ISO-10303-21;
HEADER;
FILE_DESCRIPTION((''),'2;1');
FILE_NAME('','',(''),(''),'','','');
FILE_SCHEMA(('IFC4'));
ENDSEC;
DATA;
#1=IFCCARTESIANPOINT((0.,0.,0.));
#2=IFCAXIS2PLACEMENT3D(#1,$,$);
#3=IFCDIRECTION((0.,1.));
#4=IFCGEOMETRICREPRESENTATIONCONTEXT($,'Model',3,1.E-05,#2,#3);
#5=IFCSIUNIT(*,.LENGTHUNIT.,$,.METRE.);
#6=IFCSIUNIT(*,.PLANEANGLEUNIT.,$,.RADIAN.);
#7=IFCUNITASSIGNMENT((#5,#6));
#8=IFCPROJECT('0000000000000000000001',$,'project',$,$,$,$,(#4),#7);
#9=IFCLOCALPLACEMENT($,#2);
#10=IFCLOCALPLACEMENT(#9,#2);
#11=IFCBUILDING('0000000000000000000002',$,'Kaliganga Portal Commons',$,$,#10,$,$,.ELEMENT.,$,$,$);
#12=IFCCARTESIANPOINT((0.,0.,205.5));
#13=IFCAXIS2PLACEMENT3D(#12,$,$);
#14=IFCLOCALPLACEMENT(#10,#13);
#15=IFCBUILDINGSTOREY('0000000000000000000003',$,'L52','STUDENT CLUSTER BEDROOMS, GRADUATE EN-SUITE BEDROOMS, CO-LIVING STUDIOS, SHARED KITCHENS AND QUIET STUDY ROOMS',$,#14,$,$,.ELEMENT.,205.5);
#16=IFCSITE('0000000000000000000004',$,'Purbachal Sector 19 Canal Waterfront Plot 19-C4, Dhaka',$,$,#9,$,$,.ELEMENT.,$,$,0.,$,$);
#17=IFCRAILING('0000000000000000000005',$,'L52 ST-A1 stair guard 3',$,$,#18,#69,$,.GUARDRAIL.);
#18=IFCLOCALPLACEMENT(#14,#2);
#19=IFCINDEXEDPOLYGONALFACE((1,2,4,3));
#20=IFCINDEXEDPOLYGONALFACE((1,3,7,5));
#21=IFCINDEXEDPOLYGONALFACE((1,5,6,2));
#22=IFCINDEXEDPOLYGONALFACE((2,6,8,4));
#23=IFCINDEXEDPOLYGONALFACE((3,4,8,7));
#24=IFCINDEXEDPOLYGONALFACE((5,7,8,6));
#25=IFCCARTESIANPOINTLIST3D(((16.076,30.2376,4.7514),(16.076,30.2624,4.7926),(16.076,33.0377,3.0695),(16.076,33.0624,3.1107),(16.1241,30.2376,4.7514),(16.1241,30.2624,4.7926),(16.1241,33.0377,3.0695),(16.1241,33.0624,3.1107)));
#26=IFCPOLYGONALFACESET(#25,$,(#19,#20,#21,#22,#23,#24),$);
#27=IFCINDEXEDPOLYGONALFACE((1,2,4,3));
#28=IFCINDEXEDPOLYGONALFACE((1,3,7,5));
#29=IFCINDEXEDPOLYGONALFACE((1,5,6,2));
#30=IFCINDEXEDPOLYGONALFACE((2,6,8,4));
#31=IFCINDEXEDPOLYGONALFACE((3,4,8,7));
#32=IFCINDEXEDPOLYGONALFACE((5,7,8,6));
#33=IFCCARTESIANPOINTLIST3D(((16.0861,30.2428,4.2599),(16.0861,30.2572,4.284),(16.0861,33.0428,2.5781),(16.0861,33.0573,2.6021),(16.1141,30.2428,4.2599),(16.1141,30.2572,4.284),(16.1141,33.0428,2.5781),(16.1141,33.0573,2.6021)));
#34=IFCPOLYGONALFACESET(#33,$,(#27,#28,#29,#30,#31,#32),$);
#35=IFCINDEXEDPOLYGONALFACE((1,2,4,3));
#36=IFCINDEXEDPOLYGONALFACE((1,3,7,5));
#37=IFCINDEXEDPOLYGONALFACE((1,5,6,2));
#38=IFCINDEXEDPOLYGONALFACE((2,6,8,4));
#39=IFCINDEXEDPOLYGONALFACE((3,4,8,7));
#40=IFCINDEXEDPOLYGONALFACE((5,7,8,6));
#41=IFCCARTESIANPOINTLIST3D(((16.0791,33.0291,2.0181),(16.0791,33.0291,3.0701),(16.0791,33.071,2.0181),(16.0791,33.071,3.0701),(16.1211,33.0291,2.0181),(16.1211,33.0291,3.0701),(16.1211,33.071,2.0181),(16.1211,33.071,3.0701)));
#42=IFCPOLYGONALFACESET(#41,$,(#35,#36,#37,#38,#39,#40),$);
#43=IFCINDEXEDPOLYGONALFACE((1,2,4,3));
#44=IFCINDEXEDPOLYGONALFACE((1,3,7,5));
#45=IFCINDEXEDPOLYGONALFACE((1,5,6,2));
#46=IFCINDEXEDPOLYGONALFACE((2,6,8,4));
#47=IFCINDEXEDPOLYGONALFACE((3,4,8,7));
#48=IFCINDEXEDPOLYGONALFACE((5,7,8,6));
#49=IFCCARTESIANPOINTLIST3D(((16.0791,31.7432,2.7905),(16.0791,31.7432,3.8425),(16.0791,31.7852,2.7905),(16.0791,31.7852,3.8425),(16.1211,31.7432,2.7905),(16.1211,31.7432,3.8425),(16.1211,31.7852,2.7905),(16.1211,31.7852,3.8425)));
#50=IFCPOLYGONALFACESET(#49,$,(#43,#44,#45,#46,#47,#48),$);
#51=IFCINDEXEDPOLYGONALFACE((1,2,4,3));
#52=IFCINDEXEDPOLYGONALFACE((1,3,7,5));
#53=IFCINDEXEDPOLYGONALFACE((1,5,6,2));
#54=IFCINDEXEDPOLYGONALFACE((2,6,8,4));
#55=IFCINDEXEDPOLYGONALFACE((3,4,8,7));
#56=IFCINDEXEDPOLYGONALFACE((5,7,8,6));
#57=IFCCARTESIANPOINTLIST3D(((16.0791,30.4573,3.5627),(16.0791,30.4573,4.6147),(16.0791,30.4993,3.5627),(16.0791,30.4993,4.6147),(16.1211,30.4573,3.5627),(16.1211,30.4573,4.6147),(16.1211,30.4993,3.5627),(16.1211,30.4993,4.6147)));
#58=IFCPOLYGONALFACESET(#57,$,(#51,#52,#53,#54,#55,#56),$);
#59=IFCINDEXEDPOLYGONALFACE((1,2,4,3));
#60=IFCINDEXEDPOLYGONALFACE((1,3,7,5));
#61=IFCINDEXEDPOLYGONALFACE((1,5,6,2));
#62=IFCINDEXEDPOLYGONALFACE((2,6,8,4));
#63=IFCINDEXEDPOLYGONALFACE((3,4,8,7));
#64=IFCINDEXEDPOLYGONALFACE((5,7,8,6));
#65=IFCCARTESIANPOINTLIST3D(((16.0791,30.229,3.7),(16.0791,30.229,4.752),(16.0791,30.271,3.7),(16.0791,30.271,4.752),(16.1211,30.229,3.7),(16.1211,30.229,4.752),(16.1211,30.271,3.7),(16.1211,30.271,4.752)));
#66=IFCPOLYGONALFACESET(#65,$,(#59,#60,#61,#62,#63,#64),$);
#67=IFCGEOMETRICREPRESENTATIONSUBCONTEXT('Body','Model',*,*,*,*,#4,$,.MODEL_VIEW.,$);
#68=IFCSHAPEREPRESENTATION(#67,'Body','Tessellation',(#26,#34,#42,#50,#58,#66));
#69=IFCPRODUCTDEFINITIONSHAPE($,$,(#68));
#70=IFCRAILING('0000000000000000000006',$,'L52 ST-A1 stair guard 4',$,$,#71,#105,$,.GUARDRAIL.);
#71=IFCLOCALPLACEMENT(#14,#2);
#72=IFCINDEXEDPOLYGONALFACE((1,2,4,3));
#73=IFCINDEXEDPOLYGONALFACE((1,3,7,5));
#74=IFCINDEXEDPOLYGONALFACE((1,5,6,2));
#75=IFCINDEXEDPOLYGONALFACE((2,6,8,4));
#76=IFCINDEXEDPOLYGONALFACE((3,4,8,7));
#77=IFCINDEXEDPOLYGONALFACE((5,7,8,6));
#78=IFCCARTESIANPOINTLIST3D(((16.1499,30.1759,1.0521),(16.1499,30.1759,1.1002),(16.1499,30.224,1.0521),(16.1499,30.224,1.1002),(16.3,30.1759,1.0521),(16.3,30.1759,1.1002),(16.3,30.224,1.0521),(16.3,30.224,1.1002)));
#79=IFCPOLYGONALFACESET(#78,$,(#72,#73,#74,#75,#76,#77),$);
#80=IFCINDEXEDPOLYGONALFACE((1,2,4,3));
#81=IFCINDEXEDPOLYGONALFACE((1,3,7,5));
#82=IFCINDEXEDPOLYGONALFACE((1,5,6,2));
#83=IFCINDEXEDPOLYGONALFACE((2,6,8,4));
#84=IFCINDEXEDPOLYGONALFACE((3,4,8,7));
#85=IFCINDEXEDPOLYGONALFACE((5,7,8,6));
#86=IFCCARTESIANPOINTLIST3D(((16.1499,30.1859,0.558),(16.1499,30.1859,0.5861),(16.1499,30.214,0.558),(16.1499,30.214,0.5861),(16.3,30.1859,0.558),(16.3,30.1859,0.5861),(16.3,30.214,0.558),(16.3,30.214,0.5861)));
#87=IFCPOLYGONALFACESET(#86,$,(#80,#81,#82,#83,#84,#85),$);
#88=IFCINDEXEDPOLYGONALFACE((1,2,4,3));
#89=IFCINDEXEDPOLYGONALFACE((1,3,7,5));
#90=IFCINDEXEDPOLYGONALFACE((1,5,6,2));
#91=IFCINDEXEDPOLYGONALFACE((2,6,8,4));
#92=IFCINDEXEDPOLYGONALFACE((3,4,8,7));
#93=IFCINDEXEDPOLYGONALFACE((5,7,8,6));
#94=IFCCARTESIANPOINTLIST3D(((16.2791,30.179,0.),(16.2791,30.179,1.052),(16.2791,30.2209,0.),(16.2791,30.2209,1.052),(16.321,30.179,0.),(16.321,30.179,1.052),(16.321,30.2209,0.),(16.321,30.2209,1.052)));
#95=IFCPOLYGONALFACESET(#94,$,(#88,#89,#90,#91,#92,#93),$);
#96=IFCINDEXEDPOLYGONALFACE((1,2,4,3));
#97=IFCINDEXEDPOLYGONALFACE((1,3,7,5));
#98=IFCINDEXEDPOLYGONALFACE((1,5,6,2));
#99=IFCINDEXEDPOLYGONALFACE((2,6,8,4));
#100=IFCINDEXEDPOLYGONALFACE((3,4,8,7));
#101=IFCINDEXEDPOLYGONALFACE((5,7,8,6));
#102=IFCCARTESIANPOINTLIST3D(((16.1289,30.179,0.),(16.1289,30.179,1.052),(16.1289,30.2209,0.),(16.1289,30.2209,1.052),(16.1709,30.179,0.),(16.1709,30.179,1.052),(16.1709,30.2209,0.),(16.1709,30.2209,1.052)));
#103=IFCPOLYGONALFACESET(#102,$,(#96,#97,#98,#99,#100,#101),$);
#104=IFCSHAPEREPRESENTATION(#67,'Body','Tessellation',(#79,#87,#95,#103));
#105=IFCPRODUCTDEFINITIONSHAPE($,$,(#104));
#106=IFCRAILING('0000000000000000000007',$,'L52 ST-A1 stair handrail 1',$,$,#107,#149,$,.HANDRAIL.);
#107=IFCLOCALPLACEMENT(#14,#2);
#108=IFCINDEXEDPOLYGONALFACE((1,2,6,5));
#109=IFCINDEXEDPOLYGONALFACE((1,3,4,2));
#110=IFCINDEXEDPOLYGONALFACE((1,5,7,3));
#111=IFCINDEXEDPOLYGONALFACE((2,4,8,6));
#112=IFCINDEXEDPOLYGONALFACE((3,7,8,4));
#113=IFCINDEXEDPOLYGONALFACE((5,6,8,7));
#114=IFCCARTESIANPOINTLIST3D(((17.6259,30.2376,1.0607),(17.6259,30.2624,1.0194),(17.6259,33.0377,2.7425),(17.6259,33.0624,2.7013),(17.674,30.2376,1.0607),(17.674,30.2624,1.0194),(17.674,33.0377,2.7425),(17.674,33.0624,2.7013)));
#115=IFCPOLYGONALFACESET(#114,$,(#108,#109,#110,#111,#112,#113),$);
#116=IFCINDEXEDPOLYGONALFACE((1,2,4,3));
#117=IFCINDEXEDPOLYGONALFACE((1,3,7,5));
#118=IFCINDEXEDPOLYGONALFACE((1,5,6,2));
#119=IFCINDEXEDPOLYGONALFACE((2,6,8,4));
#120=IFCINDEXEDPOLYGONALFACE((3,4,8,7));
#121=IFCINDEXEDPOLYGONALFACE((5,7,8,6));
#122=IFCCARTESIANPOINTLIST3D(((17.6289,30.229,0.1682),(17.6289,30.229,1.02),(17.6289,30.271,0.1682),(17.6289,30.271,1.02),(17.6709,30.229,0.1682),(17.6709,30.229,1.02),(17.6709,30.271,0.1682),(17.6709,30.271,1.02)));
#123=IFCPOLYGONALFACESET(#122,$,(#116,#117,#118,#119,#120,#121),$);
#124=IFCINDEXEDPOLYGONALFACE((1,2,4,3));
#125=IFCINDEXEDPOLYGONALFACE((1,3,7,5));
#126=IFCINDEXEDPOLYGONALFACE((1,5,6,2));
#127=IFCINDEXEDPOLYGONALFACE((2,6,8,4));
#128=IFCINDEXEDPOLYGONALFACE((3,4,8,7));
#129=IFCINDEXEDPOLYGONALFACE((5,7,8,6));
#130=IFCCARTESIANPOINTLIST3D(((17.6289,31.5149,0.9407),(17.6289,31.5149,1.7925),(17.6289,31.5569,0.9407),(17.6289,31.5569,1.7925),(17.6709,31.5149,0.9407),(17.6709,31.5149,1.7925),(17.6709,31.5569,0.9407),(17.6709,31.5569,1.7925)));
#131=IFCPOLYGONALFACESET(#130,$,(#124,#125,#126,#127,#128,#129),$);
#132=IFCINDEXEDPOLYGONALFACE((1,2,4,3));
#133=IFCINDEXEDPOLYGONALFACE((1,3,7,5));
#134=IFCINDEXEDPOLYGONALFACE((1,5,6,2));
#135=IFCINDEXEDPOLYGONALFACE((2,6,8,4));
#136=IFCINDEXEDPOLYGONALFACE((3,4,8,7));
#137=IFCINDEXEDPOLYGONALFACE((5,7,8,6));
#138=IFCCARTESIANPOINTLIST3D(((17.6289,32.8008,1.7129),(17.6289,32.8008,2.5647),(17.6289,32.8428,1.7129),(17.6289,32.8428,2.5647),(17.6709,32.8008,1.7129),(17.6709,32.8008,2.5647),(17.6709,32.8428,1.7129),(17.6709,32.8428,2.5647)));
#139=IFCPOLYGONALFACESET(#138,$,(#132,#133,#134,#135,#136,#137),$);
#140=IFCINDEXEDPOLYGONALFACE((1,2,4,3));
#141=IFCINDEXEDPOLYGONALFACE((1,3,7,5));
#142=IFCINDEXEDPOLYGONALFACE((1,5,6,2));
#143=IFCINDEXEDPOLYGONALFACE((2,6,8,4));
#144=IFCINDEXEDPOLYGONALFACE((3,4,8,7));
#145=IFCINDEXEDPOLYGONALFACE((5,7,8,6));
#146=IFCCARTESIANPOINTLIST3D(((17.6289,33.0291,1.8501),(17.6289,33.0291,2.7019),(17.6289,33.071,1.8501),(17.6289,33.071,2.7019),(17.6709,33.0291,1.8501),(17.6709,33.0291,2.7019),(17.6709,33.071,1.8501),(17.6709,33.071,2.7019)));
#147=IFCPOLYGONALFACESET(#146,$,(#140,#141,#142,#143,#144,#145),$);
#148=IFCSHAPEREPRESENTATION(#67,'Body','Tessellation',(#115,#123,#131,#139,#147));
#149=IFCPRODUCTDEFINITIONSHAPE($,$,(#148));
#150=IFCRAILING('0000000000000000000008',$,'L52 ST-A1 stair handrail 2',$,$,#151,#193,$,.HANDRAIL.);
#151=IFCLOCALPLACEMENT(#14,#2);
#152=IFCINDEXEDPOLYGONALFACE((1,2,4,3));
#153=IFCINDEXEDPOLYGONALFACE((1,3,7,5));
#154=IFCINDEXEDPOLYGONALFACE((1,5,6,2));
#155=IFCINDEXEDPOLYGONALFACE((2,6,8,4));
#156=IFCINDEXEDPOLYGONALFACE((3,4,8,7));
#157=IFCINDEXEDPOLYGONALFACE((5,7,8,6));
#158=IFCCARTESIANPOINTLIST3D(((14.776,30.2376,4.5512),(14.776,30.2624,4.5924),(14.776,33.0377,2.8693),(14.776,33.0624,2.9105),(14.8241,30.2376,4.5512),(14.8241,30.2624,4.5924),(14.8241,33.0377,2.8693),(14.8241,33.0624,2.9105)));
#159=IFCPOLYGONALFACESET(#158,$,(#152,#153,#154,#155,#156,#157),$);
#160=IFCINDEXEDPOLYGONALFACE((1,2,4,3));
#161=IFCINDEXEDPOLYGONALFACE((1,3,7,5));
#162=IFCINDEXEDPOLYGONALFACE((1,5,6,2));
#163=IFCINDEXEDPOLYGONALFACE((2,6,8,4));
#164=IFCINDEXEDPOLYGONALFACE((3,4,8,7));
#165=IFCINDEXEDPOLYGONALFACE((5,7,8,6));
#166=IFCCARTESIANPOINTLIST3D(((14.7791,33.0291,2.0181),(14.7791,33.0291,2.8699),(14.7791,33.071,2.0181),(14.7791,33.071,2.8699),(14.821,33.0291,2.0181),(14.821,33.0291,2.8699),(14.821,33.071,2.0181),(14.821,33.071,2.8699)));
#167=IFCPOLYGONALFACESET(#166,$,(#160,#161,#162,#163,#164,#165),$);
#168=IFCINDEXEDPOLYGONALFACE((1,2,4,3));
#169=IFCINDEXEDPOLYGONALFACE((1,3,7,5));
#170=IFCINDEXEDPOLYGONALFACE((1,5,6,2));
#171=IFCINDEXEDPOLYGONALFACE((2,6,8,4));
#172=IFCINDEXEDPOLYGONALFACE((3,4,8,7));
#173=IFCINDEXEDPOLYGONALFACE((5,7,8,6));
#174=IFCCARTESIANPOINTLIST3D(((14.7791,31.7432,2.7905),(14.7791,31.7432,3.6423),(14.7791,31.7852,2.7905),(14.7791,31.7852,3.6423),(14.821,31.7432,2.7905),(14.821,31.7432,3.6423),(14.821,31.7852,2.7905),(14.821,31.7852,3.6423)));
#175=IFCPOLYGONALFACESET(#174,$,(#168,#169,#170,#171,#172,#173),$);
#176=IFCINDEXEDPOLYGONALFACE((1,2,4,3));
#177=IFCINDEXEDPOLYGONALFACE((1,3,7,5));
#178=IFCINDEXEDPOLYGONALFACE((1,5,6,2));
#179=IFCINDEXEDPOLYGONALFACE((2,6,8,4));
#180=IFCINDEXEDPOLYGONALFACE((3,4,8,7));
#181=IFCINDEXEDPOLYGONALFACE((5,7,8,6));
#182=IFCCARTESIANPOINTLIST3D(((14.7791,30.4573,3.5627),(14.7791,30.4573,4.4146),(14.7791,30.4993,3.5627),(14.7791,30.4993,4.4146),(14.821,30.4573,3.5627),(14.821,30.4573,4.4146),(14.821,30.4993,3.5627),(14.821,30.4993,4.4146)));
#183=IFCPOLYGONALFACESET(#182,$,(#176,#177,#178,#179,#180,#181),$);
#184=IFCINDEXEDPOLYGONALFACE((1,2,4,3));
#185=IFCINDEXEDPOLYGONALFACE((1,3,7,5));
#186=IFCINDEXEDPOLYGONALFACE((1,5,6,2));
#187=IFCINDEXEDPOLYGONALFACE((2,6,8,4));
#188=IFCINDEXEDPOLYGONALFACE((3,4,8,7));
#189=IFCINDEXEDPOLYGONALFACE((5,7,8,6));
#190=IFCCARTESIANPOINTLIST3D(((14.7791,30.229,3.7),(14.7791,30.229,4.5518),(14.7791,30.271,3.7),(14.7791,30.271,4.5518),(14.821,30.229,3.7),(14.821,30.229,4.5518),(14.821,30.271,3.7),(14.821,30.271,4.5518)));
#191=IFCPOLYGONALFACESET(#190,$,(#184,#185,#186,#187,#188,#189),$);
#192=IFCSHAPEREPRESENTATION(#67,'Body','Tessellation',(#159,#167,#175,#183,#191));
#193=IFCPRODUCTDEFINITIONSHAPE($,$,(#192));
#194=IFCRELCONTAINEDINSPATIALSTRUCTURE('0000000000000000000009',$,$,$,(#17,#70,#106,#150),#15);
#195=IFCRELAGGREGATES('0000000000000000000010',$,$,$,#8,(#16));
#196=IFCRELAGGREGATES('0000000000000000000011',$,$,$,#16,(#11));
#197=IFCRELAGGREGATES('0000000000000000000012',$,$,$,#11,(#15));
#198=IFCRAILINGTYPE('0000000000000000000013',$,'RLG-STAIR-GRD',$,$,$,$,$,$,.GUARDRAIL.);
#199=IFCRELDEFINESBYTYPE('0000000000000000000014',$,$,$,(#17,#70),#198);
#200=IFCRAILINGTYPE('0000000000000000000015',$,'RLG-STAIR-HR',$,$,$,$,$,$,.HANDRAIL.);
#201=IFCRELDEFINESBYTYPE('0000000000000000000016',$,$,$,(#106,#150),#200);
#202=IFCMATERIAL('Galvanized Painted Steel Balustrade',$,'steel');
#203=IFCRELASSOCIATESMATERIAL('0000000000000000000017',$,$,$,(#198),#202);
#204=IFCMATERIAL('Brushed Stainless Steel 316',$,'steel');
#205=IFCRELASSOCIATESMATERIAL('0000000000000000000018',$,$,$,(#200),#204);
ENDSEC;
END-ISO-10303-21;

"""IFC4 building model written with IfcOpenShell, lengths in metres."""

from ifc_helpers import new_model, si_unit, direction, frame, origin, origin_2d, place, context, subcontext, project, spatial, rectangle, extrude, material, type_object, element, save


model = new_model("IFC4")

# Units and contexts
model_context = context("Model", 3, precision=1e-05, world=origin(), true_north=direction((0.0, 1.0)))
body_context = subcontext(model_context, "Body", "Model", "MODEL_VIEW")
ifc_project = project(units=[si_unit("LENGTHUNIT", "METRE"), si_unit("PLANEANGLEUNIT", "RADIAN")], contexts=[model_context])

# Site, building, storey
site_placement = place(None, origin())
site = spatial("IfcSite", under=ifc_project, at=site_placement, Name="Purbachal Sector 19 Canal Waterfront Plot 19-C4, Dhaka", CompositionType="ELEMENT", RefElevation=0.0)
building_placement = place(site_placement, origin())
building = spatial("IfcBuilding", under=site, at=building_placement, Name="Kaliganga Portal Commons", CompositionType="ELEMENT")
storey_placement = place(building_placement, frame((0.0, 0.0, 205.5)))
storey = spatial("IfcBuildingStorey", under=building, at=storey_placement, Name="L52", Description="STUDENT CLUSTER BEDROOMS, GRADUATE EN-SUITE BEDROOMS, CO-LIVING STUDIOS, SHARED KITCHENS AND QUIET STUDY ROOMS", CompositionType="ELEMENT", Elevation=205.5)

# Railings
ifc_material_1 = material(Name="Galvanized Painted Steel Balustrade", Category="steel")
railing_type_1 = type_object("IfcRailingType", Name="RLG-STAIR-GRD", PredefinedType="GUARDRAIL", material=ifc_material_1)
railing_1_placement = place(storey_placement, frame((16.1001, 33.05, 2.0181)))
element("IfcRailing", 1, at=railing_1_placement, inside=storey, type_object=railing_type_1, Name="L52 ST-A1 stair guard 3", PredefinedType="GUARDRAIL", context=body_context, shape_type="SweptSolid", body=[
    extrude(rectangle(XDim=0.0481, YDim=0.0481, at=origin_2d()), frame((0.0, 0.0, 1.072), z_axis=(0.0, -0.857242, 0.514913), x_axis=(1.0, 0.0, 0.0)), (0.0, 0.0, 1.0), 3.2664),
    extrude(rectangle(XDim=0.0281, YDim=0.0281, at=origin_2d()), frame((0.0, 0.0, 0.572), z_axis=(0.0, -0.857242, 0.514913), x_axis=(1.0, 0.0, 0.0)), (0.0, 0.0, 1.0), 3.2664),
    extrude(rectangle(XDim=0.042, YDim=0.042, at=origin_2d()), origin(), (0.0, 0.0, 1.0), 1.052),
    extrude(rectangle(XDim=0.042, YDim=0.042, at=origin_2d()), frame((0.0, -1.2859, 0.7725)), (0.0, 0.0, 1.0), 1.052),
    extrude(rectangle(XDim=0.042, YDim=0.042, at=origin_2d()), frame((0.0, -2.5718, 1.5447)), (0.0, 0.0, 1.0), 1.052),
    extrude(rectangle(XDim=0.042, YDim=0.042, at=origin_2d()), frame((0.0, -2.8, 1.6819)), (0.0, 0.0, 1.0), 1.052),
])
railing_2_placement = place(storey_placement, frame((16.3, 30.2, 0.0)))
element("IfcRailing", 2, at=railing_2_placement, inside=storey, type_object=railing_type_1, Name="L52 ST-A1 stair guard 4", PredefinedType="GUARDRAIL", context=body_context, shape_type="SweptSolid", body=[
    extrude(rectangle(XDim=0.0481, YDim=0.0481, at=origin_2d()), frame((0.0, 0.0, 1.0762), z_axis=(-1.0, 0.0, 0.0), x_axis=(0.0, -1.0, 0.0)), (0.0, 0.0, 1.0), 0.1501),
    extrude(rectangle(XDim=0.0281, YDim=0.0281, at=origin_2d()), frame((0.0, 0.0, 0.572), z_axis=(-1.0, 0.0, 0.0), x_axis=(0.0, -1.0, 0.0)), (0.0, 0.0, 1.0), 0.1501),
    extrude(rectangle(XDim=0.042, YDim=0.042, at=origin_2d()), origin(), (0.0, 0.0, 1.0), 1.052),
    extrude(rectangle(XDim=0.042, YDim=0.042, at=origin_2d()), frame((-0.1501, 0.0, 0.0)), (0.0, 0.0, 1.0), 1.052),
])
ifc_material_2 = material(Name="Brushed Stainless Steel 316", Category="steel")
railing_type_2 = type_object("IfcRailingType", Name="RLG-STAIR-HR", PredefinedType="HANDRAIL", material=ifc_material_2)
railing_3_placement = place(storey_placement, frame((17.6499, 30.25, 0.1682)))
element("IfcRailing", 3, at=railing_3_placement, inside=storey, type_object=railing_type_2, Name="L52 ST-A1 stair handrail 1", PredefinedType="HANDRAIL", context=body_context, shape_type="SweptSolid", body=[
    extrude(rectangle(XDim=0.0481, YDim=0.0481, at=origin_2d()), frame((0.0, 0.0, 0.8718), z_axis=(0.0, 0.857242, 0.514913), x_axis=(-1.0, 0.0, 0.0)), (0.0, 0.0, 1.0), 3.2664),
    extrude(rectangle(XDim=0.042, YDim=0.042, at=origin_2d()), origin(), (0.0, 0.0, 1.0), 0.8518),
    extrude(rectangle(XDim=0.042, YDim=0.042, at=origin_2d()), frame((0.0, 1.2859, 0.7725)), (0.0, 0.0, 1.0), 0.8518),
    extrude(rectangle(XDim=0.042, YDim=0.042, at=origin_2d()), frame((0.0, 2.5718, 1.5447)), (0.0, 0.0, 1.0), 0.8518),
    extrude(rectangle(XDim=0.042, YDim=0.042, at=origin_2d()), frame((0.0, 2.8, 1.6819)), (0.0, 0.0, 1.0), 0.8518),
])
railing_4_placement = place(storey_placement, frame((14.8, 33.05, 2.0181)))
element("IfcRailing", 4, at=railing_4_placement, inside=storey, type_object=railing_type_2, Name="L52 ST-A1 stair handrail 2", PredefinedType="HANDRAIL", context=body_context, shape_type="SweptSolid", body=[
    extrude(rectangle(XDim=0.0481, YDim=0.0481, at=origin_2d()), frame((0.0, 0.0, 0.8718), z_axis=(0.0, -0.857242, 0.514913), x_axis=(1.0, 0.0, 0.0)), (0.0, 0.0, 1.0), 3.2664),
    extrude(rectangle(XDim=0.042, YDim=0.042, at=origin_2d()), origin(), (0.0, 0.0, 1.0), 0.8518),
    extrude(rectangle(XDim=0.042, YDim=0.042, at=origin_2d()), frame((0.0, -1.2859, 0.7725)), (0.0, 0.0, 1.0), 0.8518),
    extrude(rectangle(XDim=0.042, YDim=0.042, at=origin_2d()), frame((0.0, -2.5718, 1.5447)), (0.0, 0.0, 1.0), 0.8518),
    extrude(rectangle(XDim=0.042, YDim=0.042, at=origin_2d()), frame((0.0, -2.8, 1.6819)), (0.0, 0.0, 1.0), 0.8518),
])

save(model, "model.ifc")
